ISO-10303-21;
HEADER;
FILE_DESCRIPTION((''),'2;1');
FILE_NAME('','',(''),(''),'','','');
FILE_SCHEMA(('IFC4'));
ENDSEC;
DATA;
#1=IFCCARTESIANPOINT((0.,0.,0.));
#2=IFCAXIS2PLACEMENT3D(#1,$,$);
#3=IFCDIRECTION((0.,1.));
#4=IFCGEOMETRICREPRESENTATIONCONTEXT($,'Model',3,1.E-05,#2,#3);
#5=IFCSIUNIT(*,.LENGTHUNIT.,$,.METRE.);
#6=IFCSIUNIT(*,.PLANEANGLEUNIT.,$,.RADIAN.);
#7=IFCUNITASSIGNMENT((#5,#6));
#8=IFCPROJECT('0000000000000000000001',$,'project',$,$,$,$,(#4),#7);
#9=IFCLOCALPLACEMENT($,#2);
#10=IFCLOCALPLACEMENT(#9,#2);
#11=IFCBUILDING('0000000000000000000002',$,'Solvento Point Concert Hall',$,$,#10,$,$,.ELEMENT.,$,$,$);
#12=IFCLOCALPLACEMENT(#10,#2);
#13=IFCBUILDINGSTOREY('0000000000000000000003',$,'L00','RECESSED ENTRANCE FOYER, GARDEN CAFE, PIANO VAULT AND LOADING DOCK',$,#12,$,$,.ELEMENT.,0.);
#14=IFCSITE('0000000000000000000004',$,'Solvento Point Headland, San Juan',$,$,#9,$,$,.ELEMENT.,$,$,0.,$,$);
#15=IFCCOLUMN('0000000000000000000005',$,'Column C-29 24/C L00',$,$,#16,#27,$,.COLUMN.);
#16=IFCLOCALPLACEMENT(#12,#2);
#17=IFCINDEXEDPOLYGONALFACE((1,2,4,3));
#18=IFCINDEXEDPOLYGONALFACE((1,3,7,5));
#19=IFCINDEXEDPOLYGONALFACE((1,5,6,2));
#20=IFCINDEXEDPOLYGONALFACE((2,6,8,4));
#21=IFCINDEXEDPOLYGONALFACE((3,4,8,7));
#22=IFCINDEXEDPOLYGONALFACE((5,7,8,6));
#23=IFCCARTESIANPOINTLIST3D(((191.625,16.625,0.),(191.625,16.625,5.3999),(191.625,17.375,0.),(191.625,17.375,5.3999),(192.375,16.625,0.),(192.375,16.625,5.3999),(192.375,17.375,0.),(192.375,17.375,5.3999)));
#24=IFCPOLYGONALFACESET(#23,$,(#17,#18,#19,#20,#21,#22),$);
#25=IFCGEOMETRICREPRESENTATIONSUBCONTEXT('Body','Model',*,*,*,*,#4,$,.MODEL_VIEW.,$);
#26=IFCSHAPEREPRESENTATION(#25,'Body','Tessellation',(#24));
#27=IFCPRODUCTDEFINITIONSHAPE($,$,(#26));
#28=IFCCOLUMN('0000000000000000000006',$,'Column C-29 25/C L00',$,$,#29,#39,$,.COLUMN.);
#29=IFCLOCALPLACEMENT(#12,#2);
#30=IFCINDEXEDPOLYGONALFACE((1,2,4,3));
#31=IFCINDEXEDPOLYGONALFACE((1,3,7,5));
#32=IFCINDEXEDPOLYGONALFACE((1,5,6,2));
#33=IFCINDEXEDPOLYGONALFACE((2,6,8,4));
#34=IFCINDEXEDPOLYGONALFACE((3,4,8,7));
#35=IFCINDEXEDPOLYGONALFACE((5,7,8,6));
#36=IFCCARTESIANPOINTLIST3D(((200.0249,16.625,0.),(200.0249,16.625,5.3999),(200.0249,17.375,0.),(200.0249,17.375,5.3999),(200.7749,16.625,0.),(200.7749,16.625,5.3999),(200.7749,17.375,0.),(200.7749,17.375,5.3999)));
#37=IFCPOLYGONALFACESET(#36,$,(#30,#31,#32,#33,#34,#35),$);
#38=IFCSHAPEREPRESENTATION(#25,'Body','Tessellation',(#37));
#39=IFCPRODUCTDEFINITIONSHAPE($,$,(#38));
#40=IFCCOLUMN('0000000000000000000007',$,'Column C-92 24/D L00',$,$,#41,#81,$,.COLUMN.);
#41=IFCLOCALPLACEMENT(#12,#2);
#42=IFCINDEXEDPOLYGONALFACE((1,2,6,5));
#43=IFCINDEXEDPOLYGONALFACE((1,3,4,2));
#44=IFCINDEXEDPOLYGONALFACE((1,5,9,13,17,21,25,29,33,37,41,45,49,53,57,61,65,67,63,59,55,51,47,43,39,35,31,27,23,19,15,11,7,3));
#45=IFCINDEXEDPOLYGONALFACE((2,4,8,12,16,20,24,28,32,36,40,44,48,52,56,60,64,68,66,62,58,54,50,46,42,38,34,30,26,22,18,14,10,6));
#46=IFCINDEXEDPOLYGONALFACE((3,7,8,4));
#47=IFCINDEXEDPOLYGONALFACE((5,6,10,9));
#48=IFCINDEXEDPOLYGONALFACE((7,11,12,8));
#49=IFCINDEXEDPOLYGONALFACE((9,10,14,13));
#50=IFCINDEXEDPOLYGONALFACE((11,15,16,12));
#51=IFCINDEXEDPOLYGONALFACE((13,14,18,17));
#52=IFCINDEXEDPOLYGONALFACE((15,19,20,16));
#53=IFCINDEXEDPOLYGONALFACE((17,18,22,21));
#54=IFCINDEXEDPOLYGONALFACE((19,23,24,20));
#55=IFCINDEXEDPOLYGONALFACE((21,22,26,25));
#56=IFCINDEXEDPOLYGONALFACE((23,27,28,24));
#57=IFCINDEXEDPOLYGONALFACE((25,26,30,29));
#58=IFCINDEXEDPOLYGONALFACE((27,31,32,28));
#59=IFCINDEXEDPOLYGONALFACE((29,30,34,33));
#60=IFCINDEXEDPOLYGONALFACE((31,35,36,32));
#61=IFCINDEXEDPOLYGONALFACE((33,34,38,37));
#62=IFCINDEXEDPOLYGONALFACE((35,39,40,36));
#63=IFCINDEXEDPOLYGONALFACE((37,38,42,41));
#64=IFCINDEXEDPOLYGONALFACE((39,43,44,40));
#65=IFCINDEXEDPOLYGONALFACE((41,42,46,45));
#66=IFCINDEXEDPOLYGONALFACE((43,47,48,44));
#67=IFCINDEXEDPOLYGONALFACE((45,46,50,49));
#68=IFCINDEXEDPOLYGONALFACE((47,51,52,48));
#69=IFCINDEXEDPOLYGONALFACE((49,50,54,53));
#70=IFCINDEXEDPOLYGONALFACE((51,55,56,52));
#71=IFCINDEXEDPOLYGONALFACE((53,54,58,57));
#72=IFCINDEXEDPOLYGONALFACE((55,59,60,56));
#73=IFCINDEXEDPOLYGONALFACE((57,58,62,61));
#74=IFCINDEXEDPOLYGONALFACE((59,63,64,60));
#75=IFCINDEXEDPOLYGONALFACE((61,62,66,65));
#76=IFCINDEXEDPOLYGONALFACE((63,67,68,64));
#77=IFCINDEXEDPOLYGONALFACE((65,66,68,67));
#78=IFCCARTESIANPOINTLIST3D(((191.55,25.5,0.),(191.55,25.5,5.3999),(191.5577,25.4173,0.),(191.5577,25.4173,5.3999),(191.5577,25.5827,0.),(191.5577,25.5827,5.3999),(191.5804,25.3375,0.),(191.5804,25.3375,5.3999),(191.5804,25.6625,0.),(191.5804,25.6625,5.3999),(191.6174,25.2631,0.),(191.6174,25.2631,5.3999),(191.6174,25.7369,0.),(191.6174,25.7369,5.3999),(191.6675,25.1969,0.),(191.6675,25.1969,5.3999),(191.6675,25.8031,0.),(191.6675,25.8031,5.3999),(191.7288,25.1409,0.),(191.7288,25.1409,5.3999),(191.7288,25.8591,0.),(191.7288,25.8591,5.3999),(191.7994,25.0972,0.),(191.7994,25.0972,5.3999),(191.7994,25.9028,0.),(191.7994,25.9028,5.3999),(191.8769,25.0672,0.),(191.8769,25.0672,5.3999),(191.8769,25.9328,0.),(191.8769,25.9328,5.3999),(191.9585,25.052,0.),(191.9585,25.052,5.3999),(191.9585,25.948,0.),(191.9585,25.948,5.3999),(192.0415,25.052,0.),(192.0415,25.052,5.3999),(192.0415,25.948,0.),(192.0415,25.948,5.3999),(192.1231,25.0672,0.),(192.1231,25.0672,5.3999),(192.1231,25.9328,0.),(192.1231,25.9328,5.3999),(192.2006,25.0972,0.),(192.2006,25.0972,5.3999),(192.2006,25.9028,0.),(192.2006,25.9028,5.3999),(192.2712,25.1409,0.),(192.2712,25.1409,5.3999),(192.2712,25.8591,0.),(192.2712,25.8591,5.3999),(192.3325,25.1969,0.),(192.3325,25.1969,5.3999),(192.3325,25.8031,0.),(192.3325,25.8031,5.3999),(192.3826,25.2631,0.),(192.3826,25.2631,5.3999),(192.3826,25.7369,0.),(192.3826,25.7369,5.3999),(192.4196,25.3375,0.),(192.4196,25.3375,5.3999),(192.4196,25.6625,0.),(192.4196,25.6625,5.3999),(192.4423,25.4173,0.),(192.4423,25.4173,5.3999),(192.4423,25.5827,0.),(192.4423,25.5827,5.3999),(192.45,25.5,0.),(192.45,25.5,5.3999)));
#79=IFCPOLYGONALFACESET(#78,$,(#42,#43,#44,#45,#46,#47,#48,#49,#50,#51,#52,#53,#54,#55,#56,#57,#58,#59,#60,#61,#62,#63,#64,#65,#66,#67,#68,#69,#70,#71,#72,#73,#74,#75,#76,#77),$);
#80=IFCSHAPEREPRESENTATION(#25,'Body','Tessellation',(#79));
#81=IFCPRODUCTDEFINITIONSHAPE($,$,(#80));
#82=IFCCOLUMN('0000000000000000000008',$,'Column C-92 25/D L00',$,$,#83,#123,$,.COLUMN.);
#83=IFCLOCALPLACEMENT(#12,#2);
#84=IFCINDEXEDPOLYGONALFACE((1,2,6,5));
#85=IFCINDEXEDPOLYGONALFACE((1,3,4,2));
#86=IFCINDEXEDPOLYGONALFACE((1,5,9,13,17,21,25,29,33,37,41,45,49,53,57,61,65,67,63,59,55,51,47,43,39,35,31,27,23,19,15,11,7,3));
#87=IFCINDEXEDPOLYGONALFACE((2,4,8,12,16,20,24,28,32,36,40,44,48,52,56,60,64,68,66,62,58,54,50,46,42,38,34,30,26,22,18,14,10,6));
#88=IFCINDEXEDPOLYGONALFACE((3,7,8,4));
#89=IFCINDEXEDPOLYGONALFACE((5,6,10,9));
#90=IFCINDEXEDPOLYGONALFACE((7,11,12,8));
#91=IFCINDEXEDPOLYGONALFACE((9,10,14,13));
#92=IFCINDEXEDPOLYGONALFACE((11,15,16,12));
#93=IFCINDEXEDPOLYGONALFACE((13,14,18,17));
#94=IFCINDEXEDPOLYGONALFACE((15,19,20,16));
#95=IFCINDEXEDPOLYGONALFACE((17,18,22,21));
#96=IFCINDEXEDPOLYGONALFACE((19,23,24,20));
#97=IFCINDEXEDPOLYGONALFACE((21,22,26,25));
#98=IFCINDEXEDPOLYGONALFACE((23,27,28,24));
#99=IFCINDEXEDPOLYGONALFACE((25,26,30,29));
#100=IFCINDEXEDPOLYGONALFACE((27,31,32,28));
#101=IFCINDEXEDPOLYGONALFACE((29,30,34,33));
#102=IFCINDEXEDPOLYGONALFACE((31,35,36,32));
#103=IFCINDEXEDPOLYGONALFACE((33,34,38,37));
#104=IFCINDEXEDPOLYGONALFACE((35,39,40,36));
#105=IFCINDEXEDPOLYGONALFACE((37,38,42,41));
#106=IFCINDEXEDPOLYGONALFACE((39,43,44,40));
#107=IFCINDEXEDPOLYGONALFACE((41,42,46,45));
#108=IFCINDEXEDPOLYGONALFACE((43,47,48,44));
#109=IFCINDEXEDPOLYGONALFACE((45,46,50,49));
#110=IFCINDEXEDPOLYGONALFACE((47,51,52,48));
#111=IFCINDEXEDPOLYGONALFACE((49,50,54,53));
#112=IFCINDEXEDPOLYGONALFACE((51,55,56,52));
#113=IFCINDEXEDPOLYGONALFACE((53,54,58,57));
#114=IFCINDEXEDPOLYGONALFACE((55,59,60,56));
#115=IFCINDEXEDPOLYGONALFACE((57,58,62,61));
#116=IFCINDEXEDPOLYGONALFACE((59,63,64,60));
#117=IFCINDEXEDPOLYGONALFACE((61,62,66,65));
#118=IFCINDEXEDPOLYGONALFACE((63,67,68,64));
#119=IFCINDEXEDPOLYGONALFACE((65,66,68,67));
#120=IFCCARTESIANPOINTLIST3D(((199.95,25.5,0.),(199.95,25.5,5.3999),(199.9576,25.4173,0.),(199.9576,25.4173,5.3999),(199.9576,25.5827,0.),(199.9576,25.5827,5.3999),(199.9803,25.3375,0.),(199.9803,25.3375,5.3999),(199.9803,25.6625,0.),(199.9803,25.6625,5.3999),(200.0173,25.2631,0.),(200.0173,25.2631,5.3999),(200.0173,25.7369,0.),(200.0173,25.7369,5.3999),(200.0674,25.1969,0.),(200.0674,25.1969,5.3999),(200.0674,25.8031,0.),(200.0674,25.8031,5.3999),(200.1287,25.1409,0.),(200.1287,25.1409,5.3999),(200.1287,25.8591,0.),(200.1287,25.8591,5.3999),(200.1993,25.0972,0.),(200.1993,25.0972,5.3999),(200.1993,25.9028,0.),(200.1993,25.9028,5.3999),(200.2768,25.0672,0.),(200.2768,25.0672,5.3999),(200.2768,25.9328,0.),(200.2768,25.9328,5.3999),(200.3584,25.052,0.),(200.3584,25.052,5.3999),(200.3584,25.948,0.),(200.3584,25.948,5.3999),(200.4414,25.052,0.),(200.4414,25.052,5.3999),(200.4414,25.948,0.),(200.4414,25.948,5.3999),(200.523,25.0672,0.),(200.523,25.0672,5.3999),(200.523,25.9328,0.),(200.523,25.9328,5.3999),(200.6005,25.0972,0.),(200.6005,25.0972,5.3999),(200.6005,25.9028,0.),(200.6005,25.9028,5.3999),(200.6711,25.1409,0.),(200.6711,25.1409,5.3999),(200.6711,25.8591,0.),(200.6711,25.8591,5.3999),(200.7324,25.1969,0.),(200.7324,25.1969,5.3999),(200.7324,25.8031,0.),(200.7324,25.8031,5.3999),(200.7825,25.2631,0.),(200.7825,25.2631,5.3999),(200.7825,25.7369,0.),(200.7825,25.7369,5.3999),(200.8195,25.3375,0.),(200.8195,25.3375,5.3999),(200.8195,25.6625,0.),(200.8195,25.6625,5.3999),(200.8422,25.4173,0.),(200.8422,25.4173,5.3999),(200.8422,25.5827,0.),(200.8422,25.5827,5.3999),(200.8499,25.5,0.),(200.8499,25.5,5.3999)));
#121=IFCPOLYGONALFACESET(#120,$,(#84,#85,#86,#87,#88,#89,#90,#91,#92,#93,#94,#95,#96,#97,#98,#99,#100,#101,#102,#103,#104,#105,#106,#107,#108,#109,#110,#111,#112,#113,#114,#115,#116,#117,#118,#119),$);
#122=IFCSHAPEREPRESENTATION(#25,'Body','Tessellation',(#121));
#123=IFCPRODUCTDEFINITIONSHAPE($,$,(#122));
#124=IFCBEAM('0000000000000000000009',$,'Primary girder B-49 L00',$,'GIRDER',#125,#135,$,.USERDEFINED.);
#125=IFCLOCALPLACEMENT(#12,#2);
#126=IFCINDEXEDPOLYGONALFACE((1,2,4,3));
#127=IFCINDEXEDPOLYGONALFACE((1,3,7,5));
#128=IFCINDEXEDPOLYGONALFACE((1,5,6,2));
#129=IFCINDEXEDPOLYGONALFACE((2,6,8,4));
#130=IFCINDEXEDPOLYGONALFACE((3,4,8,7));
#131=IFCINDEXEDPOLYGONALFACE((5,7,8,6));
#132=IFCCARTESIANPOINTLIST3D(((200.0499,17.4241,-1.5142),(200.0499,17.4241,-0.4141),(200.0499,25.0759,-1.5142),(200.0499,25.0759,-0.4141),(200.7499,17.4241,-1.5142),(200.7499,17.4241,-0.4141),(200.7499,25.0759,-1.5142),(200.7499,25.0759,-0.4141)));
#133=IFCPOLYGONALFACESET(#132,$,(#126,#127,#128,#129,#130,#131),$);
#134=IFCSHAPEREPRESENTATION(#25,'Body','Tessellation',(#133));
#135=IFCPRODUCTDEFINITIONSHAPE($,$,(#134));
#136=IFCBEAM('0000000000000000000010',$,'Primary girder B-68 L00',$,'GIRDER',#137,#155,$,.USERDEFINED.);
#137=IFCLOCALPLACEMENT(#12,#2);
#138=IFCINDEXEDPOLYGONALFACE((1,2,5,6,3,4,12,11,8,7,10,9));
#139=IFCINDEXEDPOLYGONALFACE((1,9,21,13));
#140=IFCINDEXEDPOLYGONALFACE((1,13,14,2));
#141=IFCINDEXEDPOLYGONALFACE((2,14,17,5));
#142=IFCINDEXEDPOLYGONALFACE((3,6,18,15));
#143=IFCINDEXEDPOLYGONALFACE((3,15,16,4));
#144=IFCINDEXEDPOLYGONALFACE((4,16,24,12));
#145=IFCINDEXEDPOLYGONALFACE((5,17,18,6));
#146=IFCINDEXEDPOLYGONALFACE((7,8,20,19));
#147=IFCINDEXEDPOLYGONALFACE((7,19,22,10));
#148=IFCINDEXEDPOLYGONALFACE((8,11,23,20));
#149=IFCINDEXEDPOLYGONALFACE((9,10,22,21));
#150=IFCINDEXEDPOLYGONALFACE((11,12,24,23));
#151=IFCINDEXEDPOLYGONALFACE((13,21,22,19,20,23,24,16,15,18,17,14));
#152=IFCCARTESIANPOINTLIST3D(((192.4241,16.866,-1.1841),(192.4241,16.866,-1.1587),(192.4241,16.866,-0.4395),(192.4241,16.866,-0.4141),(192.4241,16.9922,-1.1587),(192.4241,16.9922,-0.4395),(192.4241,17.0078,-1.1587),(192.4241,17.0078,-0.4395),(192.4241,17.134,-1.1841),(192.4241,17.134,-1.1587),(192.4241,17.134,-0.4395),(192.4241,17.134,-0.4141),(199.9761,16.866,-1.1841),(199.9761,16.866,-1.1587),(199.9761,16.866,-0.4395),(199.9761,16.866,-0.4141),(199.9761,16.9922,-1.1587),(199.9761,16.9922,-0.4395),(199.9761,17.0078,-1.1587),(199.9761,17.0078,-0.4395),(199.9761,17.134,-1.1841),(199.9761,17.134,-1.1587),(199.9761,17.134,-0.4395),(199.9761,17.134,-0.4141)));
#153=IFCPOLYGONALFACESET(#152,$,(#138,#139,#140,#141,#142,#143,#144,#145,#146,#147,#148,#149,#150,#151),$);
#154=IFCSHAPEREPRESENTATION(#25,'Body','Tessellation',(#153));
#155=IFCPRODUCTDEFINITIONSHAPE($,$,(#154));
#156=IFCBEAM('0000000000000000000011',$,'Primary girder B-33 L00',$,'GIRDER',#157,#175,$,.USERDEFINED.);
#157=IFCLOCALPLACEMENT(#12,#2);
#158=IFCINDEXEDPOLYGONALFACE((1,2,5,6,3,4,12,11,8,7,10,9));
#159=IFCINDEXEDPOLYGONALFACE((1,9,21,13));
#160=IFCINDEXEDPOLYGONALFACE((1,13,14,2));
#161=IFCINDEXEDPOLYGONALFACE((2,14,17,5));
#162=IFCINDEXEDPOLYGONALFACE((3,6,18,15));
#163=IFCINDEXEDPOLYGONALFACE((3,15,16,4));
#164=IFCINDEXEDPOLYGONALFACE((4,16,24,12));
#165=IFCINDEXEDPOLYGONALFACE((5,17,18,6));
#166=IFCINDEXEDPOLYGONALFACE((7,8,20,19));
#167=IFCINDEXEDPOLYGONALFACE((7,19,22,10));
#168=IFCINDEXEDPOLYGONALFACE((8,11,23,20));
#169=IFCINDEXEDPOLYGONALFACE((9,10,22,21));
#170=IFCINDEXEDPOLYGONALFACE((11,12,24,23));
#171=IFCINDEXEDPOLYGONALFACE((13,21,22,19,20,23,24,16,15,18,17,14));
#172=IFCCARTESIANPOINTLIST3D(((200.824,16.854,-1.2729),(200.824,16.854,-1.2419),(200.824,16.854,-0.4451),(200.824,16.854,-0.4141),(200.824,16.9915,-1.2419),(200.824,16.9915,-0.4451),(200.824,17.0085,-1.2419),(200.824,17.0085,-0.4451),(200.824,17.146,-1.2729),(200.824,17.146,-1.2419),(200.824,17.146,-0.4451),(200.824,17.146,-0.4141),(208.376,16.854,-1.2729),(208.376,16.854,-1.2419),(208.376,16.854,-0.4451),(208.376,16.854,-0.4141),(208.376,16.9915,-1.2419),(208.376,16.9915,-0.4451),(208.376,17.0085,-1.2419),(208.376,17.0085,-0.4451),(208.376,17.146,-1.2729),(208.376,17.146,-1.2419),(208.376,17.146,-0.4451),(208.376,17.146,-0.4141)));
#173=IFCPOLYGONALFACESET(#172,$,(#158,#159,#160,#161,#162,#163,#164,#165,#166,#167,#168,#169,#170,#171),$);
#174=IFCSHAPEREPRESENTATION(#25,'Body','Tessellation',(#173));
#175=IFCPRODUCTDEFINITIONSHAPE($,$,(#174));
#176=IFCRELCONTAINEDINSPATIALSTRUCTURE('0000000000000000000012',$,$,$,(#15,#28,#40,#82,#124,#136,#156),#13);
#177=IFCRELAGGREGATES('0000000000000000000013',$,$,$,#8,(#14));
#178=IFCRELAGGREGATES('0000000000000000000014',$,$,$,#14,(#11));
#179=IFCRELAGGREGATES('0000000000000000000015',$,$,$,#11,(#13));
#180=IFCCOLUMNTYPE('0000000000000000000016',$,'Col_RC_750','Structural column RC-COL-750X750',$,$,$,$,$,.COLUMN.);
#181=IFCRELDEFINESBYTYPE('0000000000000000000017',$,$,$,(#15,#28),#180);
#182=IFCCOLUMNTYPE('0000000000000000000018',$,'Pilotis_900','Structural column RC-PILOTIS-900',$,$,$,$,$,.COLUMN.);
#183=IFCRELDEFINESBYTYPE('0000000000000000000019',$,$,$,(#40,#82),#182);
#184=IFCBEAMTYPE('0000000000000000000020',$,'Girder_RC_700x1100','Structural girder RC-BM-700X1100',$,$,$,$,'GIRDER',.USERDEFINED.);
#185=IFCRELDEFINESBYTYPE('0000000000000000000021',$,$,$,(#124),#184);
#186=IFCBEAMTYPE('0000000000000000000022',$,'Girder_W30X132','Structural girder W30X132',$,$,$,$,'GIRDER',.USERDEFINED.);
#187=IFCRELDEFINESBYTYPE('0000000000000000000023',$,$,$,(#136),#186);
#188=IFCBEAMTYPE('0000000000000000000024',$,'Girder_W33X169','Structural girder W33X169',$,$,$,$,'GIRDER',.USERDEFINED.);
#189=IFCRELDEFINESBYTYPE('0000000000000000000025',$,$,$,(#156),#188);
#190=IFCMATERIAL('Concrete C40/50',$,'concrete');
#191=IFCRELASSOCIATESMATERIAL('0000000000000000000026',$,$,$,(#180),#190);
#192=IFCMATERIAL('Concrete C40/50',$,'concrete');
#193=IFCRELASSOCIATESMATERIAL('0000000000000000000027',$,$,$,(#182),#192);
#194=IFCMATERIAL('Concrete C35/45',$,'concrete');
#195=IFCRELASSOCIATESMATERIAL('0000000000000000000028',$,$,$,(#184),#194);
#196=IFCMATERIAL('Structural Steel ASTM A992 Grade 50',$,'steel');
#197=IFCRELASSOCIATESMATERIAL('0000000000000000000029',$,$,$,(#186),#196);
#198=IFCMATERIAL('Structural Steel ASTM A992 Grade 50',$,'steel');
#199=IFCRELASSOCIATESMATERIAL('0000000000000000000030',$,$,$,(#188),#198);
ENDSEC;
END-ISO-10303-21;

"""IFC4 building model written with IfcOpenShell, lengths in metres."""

from ifc_helpers import new_model, si_unit, direction, frame, origin, origin_2d, place, context, subcontext, project, spatial, rectangle, circle, i_section, extrude, material, material_profile, profile_set, type_object, element, save


model = new_model("IFC4")

# Units and contexts
model_context = context("Model", 3, precision=1e-05, world=origin(), true_north=direction((0.0, 1.0)))
body_context = subcontext(model_context, "Body", "Model", "MODEL_VIEW")
ifc_project = project(units=[si_unit("LENGTHUNIT", "METRE"), si_unit("PLANEANGLEUNIT", "RADIAN")], contexts=[model_context])

# Site, building, storey
site_placement = place(None, origin())
site = spatial("IfcSite", under=ifc_project, at=site_placement, Name="Solvento Point Headland, San Juan", CompositionType="ELEMENT", RefElevation=0.0)
building_placement = place(site_placement, origin())
building = spatial("IfcBuilding", under=site, at=building_placement, Name="Solvento Point Concert Hall", CompositionType="ELEMENT")
storey_placement = place(building_placement, origin())
storey = spatial("IfcBuildingStorey", under=building, at=storey_placement, Name="L00", Description="RECESSED ENTRANCE FOYER, GARDEN CAFE, PIANO VAULT AND LOADING DOCK", CompositionType="ELEMENT", Elevation=0.0)

# Columns
ifc_material_1 = material(Name="Concrete C40/50", Category="concrete")
ifc_material_profile_1 = material_profile(ifc_material_1, rectangle(XDim=0.75, YDim=0.75, at=origin_2d()), Name="RC-COL-750X750")
ifc_profile_set_1 = profile_set([ifc_material_profile_1], Name="Concrete C40/50")
column_type_1 = type_object("IfcColumnType", Name="Col_RC_750", Description="Structural column RC-COL-750X750", PredefinedType="COLUMN", material=ifc_profile_set_1)
for number, where, z_axis, x_axis, name in (
    (1, (192.0, 17.0, 0.0), (0.0, 0.0, 1.0), (1.0, 0.0, 0.0), "Column C-29 24/C L00"),
    (2, (200.3999, 17.0, 0.0), (0.0, 0.0, 1.0), (1.0, 0.0, 0.0), "Column C-29 25/C L00"),
):
    element("IfcColumn", number, at=place(storey_placement, frame(where, z_axis=z_axis, x_axis=x_axis)), inside=storey, type_object=column_type_1, Name=name, PredefinedType="COLUMN", context=body_context, shape_type="SweptSolid", body=[
        extrude(rectangle(XDim=0.75, YDim=0.75, at=origin_2d()), origin(), (0.0, 0.0, 1.0), 5.3999),
    ])
ifc_material_2 = material(Name="Concrete C40/50", Category="concrete")
ifc_material_profile_2 = material_profile(ifc_material_2, circle(Radius=0.45, at=origin_2d()), Name="RC-PILOTIS-900")
ifc_profile_set_2 = profile_set([ifc_material_profile_2], Name="Concrete C40/50")
column_type_2 = type_object("IfcColumnType", Name="Pilotis_900", Description="Structural column RC-PILOTIS-900", PredefinedType="COLUMN", material=ifc_profile_set_2)
for number, where, z_axis, x_axis, name in (
    (3, (192.0, 25.5, 0.0), (0.0, 0.0, 1.0), (1.0, 0.0, 0.0), "Column C-92 24/D L00"),
    (4, (200.3999, 25.5, 0.0), (0.0, 0.0, 1.0), (1.0, 0.0, 0.0), "Column C-92 25/D L00"),
):
    element("IfcColumn", number, at=place(storey_placement, frame(where, z_axis=z_axis, x_axis=x_axis)), inside=storey, type_object=column_type_2, Name=name, PredefinedType="COLUMN", context=body_context, shape_type="SweptSolid", body=[
        extrude(circle(Radius=0.45, at=origin_2d()), origin(), (0.0, 0.0, 1.0), 5.3999),
    ])

# Beams
ifc_material_3 = material(Name="Concrete C35/45", Category="concrete")
ifc_material_profile_3 = material_profile(ifc_material_3, rectangle(XDim=0.7, YDim=1.1001, at=origin_2d()), Name="RC-BM-700X1100")
ifc_profile_set_3 = profile_set([ifc_material_profile_3], Name="Concrete C35/45")
beam_type_1 = type_object("IfcBeamType", Name="Girder_RC_700x1100", Description="Structural girder RC-BM-700X1100", ElementType="GIRDER", PredefinedType="USERDEFINED", material=ifc_profile_set_3)
beam_1_placement = place(storey_placement, frame((200.3999, 17.4241, -0.9641), z_axis=(0.0, 1.0, 0.0), x_axis=(-1.0, 0.0, 0.0)))
element("IfcBeam", 5, at=beam_1_placement, inside=storey, type_object=beam_type_1, Name="Primary girder B-49 L00", ObjectType="GIRDER", PredefinedType="USERDEFINED", context=body_context, shape_type="SweptSolid", body=[
    extrude(rectangle(XDim=0.7, YDim=1.1001, at=origin_2d()), origin(), (0.0, 0.0, 1.0), 7.6519),
])
ifc_material_4 = material(Name="Structural Steel ASTM A992 Grade 50", Category="steel")
ifc_material_profile_4 = material_profile(ifc_material_4, i_section(OverallWidth=0.2681, OverallDepth=0.77, WebThickness=0.0156, FlangeThickness=0.0254, at=origin_2d()), Name="W30X132")
ifc_profile_set_4 = profile_set([ifc_material_profile_4], Name="Structural Steel ASTM A992 Grade 50")
beam_type_2 = type_object("IfcBeamType", Name="Girder_W30X132", Description="Structural girder W30X132", ElementType="GIRDER", PredefinedType="USERDEFINED", material=ifc_profile_set_4)
beam_2_placement = place(storey_placement, frame((192.4241, 17.0, -0.7991), z_axis=(1.0, 0.0, 0.0), x_axis=(0.0, 1.0, 0.0)))
element("IfcBeam", 6, at=beam_2_placement, inside=storey, type_object=beam_type_2, Name="Primary girder B-68 L00", ObjectType="GIRDER", PredefinedType="USERDEFINED", context=body_context, shape_type="SweptSolid", body=[
    extrude(i_section(OverallWidth=0.2681, OverallDepth=0.77, WebThickness=0.0156, FlangeThickness=0.0254, at=origin_2d()), origin(), (0.0, 0.0, 1.0), 7.552),
])
ifc_material_5 = material(Name="Structural Steel ASTM A992 Grade 50", Category="steel")
ifc_material_profile_5 = material_profile(ifc_material_5, i_section(OverallWidth=0.292, OverallDepth=0.8589, WebThickness=0.0171, FlangeThickness=0.031, at=origin_2d()), Name="W33X169")
ifc_profile_set_5 = profile_set([ifc_material_profile_5], Name="Structural Steel ASTM A992 Grade 50")
beam_type_3 = type_object("IfcBeamType", Name="Girder_W33X169", Description="Structural girder W33X169", ElementType="GIRDER", PredefinedType="USERDEFINED", material=ifc_profile_set_5)
for number, where, z_axis, x_axis, name in (
    (7, (200.824, 17.0, -0.8435), (1.0, 0.0, 0.0), (0.0, 1.0, 0.0), "Primary girder B-33 L00"),
):
    element("IfcBeam", number, at=place(storey_placement, frame(where, z_axis=z_axis, x_axis=x_axis)), inside=storey, type_object=beam_type_3, Name=name, ObjectType="GIRDER", PredefinedType="USERDEFINED", context=body_context, shape_type="SweptSolid", body=[
        extrude(i_section(OverallWidth=0.292, OverallDepth=0.8589, WebThickness=0.0171, FlangeThickness=0.031, at=origin_2d()), origin(), (0.0, 0.0, 1.0), 7.552),
    ])

save(model, "model.ifc")
